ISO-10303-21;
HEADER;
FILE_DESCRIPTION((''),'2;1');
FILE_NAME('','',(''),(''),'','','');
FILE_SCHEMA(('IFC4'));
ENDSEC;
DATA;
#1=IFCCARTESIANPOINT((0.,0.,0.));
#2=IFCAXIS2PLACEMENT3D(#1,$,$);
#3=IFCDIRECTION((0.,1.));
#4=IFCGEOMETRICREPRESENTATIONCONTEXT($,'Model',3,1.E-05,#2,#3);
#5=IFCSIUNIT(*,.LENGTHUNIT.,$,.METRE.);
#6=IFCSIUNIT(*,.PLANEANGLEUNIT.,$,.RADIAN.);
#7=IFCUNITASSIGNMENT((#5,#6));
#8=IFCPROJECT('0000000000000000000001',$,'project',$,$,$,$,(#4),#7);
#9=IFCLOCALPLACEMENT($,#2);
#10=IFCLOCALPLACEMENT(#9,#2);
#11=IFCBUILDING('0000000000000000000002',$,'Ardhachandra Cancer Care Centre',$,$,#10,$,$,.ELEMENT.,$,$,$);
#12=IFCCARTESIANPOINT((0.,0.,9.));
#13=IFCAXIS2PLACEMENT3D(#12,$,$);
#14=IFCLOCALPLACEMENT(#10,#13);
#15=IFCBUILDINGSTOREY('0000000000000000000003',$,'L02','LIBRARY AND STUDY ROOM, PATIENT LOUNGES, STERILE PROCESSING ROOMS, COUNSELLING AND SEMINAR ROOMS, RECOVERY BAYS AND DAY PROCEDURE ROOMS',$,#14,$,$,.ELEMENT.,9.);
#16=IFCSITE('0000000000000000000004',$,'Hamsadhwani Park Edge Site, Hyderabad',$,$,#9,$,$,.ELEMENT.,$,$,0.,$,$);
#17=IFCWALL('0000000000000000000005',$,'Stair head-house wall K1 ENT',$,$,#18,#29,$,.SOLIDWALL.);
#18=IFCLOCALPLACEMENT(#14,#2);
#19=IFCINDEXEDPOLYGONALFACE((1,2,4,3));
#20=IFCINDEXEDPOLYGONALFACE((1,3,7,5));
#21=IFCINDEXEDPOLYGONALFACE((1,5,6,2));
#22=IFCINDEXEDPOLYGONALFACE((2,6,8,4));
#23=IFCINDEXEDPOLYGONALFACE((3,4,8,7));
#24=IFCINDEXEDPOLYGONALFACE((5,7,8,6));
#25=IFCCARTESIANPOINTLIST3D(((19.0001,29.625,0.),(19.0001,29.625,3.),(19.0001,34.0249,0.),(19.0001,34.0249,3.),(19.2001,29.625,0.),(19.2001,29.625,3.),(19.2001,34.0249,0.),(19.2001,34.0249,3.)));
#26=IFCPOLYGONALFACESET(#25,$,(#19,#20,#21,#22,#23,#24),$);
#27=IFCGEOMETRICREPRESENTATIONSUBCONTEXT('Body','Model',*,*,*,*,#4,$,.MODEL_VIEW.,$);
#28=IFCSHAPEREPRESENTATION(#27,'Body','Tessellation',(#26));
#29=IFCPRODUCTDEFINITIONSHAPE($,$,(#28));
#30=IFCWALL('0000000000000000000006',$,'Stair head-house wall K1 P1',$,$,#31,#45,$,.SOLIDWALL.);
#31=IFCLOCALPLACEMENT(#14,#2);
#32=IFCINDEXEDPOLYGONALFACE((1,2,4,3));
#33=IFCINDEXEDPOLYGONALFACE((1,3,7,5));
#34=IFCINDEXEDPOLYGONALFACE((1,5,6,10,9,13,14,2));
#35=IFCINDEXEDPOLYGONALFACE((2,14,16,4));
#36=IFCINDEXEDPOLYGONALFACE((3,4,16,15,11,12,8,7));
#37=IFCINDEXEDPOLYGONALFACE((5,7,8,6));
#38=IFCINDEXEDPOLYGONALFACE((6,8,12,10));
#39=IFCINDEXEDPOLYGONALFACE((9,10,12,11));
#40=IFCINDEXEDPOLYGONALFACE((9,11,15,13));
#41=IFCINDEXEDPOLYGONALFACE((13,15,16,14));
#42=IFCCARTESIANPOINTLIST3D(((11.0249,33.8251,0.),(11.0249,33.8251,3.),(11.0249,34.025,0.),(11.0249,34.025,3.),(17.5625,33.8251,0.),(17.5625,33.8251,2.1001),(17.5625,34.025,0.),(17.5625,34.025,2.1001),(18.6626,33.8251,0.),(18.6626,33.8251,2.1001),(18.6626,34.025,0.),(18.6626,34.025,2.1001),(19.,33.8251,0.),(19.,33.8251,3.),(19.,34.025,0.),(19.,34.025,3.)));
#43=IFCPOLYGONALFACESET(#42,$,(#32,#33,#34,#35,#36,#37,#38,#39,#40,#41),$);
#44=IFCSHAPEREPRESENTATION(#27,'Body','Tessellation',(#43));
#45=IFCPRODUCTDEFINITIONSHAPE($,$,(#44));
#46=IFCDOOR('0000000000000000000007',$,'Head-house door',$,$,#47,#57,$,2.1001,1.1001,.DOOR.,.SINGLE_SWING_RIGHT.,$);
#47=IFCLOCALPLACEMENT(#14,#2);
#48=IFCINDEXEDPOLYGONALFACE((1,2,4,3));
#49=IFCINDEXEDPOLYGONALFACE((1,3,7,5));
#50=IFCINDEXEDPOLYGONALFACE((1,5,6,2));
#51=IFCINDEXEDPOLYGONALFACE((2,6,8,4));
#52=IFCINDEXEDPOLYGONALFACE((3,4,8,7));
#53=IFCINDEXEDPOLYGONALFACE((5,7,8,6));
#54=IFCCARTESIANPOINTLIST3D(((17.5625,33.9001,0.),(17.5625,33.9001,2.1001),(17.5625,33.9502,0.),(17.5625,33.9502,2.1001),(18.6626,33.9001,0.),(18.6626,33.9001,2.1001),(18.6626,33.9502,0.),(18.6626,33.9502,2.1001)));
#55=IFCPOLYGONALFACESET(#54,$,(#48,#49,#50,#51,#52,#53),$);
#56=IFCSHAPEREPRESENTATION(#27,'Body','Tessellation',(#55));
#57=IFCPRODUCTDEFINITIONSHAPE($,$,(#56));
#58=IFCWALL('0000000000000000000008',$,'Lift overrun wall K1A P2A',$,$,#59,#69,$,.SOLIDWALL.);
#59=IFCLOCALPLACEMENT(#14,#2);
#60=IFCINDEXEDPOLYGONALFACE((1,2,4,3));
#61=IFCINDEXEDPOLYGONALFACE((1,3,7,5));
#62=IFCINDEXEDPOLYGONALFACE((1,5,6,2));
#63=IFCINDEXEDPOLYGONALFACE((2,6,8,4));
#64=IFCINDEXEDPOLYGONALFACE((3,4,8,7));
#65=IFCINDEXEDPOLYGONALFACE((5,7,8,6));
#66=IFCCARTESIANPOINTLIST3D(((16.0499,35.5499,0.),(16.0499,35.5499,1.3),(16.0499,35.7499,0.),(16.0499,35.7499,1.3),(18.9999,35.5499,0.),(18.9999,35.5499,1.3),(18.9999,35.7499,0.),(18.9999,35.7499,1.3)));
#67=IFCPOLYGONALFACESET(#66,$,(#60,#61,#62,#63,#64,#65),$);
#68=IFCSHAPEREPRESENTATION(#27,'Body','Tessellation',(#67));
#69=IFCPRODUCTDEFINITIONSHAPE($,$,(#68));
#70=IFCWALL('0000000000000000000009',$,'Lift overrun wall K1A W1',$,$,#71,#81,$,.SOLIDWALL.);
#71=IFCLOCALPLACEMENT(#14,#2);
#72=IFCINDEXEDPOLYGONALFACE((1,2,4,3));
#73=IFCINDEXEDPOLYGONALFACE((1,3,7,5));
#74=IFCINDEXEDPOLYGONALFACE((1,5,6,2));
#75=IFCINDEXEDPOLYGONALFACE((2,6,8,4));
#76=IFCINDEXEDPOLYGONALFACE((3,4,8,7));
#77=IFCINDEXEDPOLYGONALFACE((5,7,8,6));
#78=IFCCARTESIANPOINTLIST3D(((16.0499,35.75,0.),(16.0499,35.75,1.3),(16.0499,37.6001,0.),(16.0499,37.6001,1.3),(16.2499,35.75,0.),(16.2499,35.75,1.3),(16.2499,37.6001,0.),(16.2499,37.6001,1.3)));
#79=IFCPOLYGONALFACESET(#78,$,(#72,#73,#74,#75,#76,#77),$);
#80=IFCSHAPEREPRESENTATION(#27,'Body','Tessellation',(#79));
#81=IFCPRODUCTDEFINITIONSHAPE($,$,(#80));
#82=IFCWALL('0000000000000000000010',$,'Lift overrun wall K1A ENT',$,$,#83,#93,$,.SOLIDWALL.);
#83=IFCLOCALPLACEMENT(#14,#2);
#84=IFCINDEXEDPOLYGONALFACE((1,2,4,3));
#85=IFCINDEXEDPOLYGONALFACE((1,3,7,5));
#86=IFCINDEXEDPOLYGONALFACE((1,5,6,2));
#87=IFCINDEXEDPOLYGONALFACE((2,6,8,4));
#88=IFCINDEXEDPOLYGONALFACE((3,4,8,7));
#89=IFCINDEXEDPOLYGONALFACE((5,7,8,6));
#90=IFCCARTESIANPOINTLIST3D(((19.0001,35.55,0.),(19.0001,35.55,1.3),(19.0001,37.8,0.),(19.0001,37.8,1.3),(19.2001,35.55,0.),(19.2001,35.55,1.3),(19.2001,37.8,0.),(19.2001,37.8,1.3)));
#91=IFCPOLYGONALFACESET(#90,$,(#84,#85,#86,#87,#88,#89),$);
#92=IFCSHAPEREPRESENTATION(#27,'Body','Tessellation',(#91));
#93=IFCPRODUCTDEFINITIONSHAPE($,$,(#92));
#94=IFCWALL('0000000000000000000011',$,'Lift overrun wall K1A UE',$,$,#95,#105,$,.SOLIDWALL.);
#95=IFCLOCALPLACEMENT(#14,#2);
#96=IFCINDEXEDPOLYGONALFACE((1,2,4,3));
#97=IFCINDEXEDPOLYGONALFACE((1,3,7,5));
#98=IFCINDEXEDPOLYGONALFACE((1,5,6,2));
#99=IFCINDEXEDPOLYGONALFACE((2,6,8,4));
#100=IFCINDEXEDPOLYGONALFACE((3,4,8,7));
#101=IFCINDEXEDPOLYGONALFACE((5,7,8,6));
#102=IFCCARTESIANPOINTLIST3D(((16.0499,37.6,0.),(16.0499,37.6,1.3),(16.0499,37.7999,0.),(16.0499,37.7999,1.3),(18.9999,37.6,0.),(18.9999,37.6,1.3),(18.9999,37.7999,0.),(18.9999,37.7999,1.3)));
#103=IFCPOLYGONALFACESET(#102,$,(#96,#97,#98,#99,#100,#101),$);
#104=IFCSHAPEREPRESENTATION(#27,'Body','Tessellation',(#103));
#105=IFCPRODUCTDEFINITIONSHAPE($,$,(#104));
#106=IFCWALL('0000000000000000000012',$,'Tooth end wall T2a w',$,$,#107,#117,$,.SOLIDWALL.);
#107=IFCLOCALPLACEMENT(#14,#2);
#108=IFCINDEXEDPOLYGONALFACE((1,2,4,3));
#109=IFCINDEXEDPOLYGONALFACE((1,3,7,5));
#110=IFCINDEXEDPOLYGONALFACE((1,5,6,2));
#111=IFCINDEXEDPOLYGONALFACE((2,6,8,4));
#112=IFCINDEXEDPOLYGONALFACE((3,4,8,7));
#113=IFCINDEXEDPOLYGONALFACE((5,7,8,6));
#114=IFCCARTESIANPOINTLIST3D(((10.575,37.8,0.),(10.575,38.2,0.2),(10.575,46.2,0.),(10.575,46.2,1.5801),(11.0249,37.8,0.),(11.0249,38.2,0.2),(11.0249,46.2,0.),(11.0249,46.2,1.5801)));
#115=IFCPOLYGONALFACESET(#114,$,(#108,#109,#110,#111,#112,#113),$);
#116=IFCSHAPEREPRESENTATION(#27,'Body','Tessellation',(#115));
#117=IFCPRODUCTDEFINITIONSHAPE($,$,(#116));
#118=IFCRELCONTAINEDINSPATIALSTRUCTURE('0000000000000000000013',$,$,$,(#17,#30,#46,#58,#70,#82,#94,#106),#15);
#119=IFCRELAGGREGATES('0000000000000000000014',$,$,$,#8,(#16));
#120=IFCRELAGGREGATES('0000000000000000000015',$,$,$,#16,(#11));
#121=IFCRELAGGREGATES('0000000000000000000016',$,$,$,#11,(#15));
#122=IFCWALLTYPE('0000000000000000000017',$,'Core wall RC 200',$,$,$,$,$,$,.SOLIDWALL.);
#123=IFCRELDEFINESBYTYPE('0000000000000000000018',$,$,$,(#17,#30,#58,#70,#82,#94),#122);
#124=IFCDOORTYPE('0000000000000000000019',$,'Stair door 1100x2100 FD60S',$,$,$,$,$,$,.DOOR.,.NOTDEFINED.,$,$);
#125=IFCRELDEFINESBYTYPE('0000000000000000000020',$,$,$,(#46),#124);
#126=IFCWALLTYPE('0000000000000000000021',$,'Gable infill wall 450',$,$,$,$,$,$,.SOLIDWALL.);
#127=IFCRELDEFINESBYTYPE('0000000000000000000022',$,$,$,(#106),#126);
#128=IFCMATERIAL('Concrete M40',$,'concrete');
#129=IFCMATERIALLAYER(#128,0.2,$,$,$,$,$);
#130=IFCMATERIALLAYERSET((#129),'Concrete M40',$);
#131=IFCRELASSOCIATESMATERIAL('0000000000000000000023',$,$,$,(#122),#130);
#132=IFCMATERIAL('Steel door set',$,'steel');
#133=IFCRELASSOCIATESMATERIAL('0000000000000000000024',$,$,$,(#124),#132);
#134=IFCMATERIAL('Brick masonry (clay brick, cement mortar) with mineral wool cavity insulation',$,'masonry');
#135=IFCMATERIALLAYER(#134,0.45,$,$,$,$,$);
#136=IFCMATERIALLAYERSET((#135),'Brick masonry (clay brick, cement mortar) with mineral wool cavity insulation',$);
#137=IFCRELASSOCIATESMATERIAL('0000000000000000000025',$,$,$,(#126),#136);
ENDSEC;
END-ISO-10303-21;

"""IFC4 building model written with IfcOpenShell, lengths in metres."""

from ifc_helpers import new_model, si_unit, direction, frame, frame_2d, origin, place, context, subcontext, project, spatial, polyline, rectangle, outline, extrude, material, layer, layer_set, type_object, element, fill, save


model = new_model("IFC4")

# Units and contexts
model_context = context("Model", 3, precision=1e-05, world=origin(), true_north=direction((0.0, 1.0)))
body_context = subcontext(model_context, "Body", "Model", "MODEL_VIEW")
ifc_project = project(units=[si_unit("LENGTHUNIT", "METRE"), si_unit("PLANEANGLEUNIT", "RADIAN")], contexts=[model_context])

# Site, building, storey
site_placement = place(None, origin())
site = spatial("IfcSite", under=ifc_project, at=site_placement, Name="Hamsadhwani Park Edge Site, Hyderabad", CompositionType="ELEMENT", RefElevation=0.0)
building_placement = place(site_placement, origin())
building = spatial("IfcBuilding", under=site, at=building_placement, Name="Ardhachandra Cancer Care Centre", CompositionType="ELEMENT")
storey_placement = place(building_placement, frame((0.0, 0.0, 9.0)))
storey = spatial("IfcBuildingStorey", under=building, at=storey_placement, Name="L02", Description="LIBRARY AND STUDY ROOM, PATIENT LOUNGES, STERILE PROCESSING ROOMS, COUNSELLING AND SEMINAR ROOMS, RECOVERY BAYS AND DAY PROCEDURE ROOMS", CompositionType="ELEMENT", Elevation=9.0)

# Wall
ifc_material_1 = material(Name="Concrete M40", Category="concrete")
ifc_layer_1 = layer(ifc_material_1, 0.2)
ifc_layer_set_1 = layer_set([ifc_layer_1], Name="Concrete M40")
wall_type_1 = type_object("IfcWallType", Name="Core wall RC 200", PredefinedType="SOLIDWALL", material=ifc_layer_set_1)
wall_1_placement = place(storey_placement, frame((19.1001, 29.625, 0.0), z_axis=(0.0, 0.0, 1.0), x_axis=(0.0, 1.0, 0.0)))
element("IfcWall", 1, at=wall_1_placement, inside=storey, type_object=wall_type_1, Name="Stair head-house wall K1 ENT", PredefinedType="SOLIDWALL", context=body_context, shape_type="SweptSolid", body=[
    extrude(rectangle(XDim=4.3999, YDim=0.2, at=frame_2d((2.2, 0.0))), origin(), (0.0, 0.0, 1.0), 3.0),
])

# Wall, opening, door
wall_2_placement = place(storey_placement, frame((19.0, 33.925, 0.0), z_axis=(0.0, 0.0, 1.0), x_axis=(-1.0, 0.0, 0.0)))
wall_2 = element("IfcWall", 2, at=wall_2_placement, inside=storey, type_object=wall_type_1, Name="Stair head-house wall K1 P1", PredefinedType="SOLIDWALL", context=body_context, shape_type="SweptSolid", body=[
    extrude(rectangle(XDim=7.9751, YDim=0.2, at=frame_2d((3.9875, 0.0))), origin(), (0.0, 0.0, 1.0), 3.0),
])
opening_placement = place(wall_2_placement, frame((0.3374, 0.0, 0.0)))
opening = element("IfcOpeningElement", 3, at=opening_placement, cuts=wall_2, PredefinedType="OPENING", context=body_context, shape_type="SweptSolid", body=[
    extrude(rectangle(XDim=1.1001, YDim=2.1001, at=frame_2d((0.55, 1.05))), frame((0.0, 0.1099, 0.0), z_axis=(0.0, -1.0, 0.0), x_axis=(1.0, 0.0, 0.0)), (0.0, 0.0, 1.0), 0.22),
])
ifc_material_2 = material(Name="Steel door set", Category="steel")
door_type = type_object("IfcDoorType", Name="Stair door 1100x2100 FD60S", OperationType="NOTDEFINED", PredefinedType="DOOR", material=ifc_material_2)
door_placement = place(opening_placement, origin())
door = element("IfcDoor", 4, at=door_placement, inside=storey, type_object=door_type, Name="Head-house door", OperationType="SINGLE_SWING_RIGHT", OverallHeight=2.1001, OverallWidth=1.1001, PredefinedType="DOOR", context=body_context, shape_type="SweptSolid", body=[
    extrude(rectangle(XDim=1.1001, YDim=2.1001, at=frame_2d((0.55, 1.05))), frame((0.0, 0.0249, 0.0), z_axis=(0.0, -1.0, 0.0), x_axis=(1.0, 0.0, 0.0)), (0.0, 0.0, 1.0), 0.05),
])
fill(opening, door)

# Walls
wall_3_placement = place(storey_placement, frame((19.0, 35.6499, 0.0), z_axis=(0.0, 0.0, 1.0), x_axis=(-1.0, 0.0, 0.0)))
element("IfcWall", 5, at=wall_3_placement, inside=storey, type_object=wall_type_1, Name="Lift overrun wall K1A P2A", PredefinedType="SOLIDWALL", context=body_context, shape_type="SweptSolid", body=[
    extrude(rectangle(XDim=2.95, YDim=0.2, at=frame_2d((1.4751, 0.0))), origin(), (0.0, 0.0, 1.0), 1.3),
])
wall_4_placement = place(storey_placement, frame((16.1499, 35.75, 0.0), z_axis=(0.0, 0.0, 1.0), x_axis=(0.0, 1.0, 0.0)))
element("IfcWall", 6, at=wall_4_placement, inside=storey, type_object=wall_type_1, Name="Lift overrun wall K1A W1", PredefinedType="SOLIDWALL", context=body_context, shape_type="SweptSolid", body=[
    extrude(rectangle(XDim=1.8501, YDim=0.2, at=frame_2d((0.925, 0.0))), origin(), (0.0, 0.0, 1.0), 1.3),
])
wall_5_placement = place(storey_placement, frame((19.1001, 35.55, 0.0), z_axis=(0.0, 0.0, 1.0), x_axis=(0.0, 1.0, 0.0)))
element("IfcWall", 7, at=wall_5_placement, inside=storey, type_object=wall_type_1, Name="Lift overrun wall K1A ENT", PredefinedType="SOLIDWALL", context=body_context, shape_type="SweptSolid", body=[
    extrude(rectangle(XDim=2.25, YDim=0.2, at=frame_2d((1.125, 0.0))), origin(), (0.0, 0.0, 1.0), 1.3),
])
wall_6_placement = place(storey_placement, frame((19.0, 37.7, 0.0), z_axis=(0.0, 0.0, 1.0), x_axis=(-1.0, 0.0, 0.0)))
element("IfcWall", 8, at=wall_6_placement, inside=storey, type_object=wall_type_1, Name="Lift overrun wall K1A UE", PredefinedType="SOLIDWALL", context=body_context, shape_type="SweptSolid", body=[
    extrude(rectangle(XDim=2.95, YDim=0.2, at=frame_2d((1.4751, 0.0))), origin(), (0.0, 0.0, 1.0), 1.3),
])
ifc_material_3 = material(Name="Brick masonry (clay brick, cement mortar) with mineral wool cavity insulation", Category="masonry")
ifc_layer_2 = layer(ifc_material_3, 0.45)
ifc_layer_set_2 = layer_set([ifc_layer_2], Name="Brick masonry (clay brick, cement mortar) with mineral wool cavity insulation")
wall_type_2 = type_object("IfcWallType", Name="Gable infill wall 450", PredefinedType="SOLIDWALL", material=ifc_layer_set_2)
wall_7_placement = place(storey_placement, frame((10.8, 37.8, 0.0), z_axis=(0.0, 0.0, 1.0), x_axis=(0.0, 1.0, 0.0)))
element("IfcWall", 9, at=wall_7_placement, inside=storey, type_object=wall_type_2, Name="Tooth end wall T2a w", PredefinedType="SOLIDWALL", context=body_context, shape_type="SweptSolid", body=[
    extrude(outline(polyline([(0.0, 0.0), (8.3999, 0.0), (8.3999, 1.5801), (0.3999, 0.2), (0.0, 0.0)])), frame((0.0, 0.2251, 0.0), z_axis=(0.0, -1.0, 0.0), x_axis=(1.0, 0.0, 0.0)), (0.0, 0.0, 1.0), 0.45),
])

save(model, "model.ifc")
